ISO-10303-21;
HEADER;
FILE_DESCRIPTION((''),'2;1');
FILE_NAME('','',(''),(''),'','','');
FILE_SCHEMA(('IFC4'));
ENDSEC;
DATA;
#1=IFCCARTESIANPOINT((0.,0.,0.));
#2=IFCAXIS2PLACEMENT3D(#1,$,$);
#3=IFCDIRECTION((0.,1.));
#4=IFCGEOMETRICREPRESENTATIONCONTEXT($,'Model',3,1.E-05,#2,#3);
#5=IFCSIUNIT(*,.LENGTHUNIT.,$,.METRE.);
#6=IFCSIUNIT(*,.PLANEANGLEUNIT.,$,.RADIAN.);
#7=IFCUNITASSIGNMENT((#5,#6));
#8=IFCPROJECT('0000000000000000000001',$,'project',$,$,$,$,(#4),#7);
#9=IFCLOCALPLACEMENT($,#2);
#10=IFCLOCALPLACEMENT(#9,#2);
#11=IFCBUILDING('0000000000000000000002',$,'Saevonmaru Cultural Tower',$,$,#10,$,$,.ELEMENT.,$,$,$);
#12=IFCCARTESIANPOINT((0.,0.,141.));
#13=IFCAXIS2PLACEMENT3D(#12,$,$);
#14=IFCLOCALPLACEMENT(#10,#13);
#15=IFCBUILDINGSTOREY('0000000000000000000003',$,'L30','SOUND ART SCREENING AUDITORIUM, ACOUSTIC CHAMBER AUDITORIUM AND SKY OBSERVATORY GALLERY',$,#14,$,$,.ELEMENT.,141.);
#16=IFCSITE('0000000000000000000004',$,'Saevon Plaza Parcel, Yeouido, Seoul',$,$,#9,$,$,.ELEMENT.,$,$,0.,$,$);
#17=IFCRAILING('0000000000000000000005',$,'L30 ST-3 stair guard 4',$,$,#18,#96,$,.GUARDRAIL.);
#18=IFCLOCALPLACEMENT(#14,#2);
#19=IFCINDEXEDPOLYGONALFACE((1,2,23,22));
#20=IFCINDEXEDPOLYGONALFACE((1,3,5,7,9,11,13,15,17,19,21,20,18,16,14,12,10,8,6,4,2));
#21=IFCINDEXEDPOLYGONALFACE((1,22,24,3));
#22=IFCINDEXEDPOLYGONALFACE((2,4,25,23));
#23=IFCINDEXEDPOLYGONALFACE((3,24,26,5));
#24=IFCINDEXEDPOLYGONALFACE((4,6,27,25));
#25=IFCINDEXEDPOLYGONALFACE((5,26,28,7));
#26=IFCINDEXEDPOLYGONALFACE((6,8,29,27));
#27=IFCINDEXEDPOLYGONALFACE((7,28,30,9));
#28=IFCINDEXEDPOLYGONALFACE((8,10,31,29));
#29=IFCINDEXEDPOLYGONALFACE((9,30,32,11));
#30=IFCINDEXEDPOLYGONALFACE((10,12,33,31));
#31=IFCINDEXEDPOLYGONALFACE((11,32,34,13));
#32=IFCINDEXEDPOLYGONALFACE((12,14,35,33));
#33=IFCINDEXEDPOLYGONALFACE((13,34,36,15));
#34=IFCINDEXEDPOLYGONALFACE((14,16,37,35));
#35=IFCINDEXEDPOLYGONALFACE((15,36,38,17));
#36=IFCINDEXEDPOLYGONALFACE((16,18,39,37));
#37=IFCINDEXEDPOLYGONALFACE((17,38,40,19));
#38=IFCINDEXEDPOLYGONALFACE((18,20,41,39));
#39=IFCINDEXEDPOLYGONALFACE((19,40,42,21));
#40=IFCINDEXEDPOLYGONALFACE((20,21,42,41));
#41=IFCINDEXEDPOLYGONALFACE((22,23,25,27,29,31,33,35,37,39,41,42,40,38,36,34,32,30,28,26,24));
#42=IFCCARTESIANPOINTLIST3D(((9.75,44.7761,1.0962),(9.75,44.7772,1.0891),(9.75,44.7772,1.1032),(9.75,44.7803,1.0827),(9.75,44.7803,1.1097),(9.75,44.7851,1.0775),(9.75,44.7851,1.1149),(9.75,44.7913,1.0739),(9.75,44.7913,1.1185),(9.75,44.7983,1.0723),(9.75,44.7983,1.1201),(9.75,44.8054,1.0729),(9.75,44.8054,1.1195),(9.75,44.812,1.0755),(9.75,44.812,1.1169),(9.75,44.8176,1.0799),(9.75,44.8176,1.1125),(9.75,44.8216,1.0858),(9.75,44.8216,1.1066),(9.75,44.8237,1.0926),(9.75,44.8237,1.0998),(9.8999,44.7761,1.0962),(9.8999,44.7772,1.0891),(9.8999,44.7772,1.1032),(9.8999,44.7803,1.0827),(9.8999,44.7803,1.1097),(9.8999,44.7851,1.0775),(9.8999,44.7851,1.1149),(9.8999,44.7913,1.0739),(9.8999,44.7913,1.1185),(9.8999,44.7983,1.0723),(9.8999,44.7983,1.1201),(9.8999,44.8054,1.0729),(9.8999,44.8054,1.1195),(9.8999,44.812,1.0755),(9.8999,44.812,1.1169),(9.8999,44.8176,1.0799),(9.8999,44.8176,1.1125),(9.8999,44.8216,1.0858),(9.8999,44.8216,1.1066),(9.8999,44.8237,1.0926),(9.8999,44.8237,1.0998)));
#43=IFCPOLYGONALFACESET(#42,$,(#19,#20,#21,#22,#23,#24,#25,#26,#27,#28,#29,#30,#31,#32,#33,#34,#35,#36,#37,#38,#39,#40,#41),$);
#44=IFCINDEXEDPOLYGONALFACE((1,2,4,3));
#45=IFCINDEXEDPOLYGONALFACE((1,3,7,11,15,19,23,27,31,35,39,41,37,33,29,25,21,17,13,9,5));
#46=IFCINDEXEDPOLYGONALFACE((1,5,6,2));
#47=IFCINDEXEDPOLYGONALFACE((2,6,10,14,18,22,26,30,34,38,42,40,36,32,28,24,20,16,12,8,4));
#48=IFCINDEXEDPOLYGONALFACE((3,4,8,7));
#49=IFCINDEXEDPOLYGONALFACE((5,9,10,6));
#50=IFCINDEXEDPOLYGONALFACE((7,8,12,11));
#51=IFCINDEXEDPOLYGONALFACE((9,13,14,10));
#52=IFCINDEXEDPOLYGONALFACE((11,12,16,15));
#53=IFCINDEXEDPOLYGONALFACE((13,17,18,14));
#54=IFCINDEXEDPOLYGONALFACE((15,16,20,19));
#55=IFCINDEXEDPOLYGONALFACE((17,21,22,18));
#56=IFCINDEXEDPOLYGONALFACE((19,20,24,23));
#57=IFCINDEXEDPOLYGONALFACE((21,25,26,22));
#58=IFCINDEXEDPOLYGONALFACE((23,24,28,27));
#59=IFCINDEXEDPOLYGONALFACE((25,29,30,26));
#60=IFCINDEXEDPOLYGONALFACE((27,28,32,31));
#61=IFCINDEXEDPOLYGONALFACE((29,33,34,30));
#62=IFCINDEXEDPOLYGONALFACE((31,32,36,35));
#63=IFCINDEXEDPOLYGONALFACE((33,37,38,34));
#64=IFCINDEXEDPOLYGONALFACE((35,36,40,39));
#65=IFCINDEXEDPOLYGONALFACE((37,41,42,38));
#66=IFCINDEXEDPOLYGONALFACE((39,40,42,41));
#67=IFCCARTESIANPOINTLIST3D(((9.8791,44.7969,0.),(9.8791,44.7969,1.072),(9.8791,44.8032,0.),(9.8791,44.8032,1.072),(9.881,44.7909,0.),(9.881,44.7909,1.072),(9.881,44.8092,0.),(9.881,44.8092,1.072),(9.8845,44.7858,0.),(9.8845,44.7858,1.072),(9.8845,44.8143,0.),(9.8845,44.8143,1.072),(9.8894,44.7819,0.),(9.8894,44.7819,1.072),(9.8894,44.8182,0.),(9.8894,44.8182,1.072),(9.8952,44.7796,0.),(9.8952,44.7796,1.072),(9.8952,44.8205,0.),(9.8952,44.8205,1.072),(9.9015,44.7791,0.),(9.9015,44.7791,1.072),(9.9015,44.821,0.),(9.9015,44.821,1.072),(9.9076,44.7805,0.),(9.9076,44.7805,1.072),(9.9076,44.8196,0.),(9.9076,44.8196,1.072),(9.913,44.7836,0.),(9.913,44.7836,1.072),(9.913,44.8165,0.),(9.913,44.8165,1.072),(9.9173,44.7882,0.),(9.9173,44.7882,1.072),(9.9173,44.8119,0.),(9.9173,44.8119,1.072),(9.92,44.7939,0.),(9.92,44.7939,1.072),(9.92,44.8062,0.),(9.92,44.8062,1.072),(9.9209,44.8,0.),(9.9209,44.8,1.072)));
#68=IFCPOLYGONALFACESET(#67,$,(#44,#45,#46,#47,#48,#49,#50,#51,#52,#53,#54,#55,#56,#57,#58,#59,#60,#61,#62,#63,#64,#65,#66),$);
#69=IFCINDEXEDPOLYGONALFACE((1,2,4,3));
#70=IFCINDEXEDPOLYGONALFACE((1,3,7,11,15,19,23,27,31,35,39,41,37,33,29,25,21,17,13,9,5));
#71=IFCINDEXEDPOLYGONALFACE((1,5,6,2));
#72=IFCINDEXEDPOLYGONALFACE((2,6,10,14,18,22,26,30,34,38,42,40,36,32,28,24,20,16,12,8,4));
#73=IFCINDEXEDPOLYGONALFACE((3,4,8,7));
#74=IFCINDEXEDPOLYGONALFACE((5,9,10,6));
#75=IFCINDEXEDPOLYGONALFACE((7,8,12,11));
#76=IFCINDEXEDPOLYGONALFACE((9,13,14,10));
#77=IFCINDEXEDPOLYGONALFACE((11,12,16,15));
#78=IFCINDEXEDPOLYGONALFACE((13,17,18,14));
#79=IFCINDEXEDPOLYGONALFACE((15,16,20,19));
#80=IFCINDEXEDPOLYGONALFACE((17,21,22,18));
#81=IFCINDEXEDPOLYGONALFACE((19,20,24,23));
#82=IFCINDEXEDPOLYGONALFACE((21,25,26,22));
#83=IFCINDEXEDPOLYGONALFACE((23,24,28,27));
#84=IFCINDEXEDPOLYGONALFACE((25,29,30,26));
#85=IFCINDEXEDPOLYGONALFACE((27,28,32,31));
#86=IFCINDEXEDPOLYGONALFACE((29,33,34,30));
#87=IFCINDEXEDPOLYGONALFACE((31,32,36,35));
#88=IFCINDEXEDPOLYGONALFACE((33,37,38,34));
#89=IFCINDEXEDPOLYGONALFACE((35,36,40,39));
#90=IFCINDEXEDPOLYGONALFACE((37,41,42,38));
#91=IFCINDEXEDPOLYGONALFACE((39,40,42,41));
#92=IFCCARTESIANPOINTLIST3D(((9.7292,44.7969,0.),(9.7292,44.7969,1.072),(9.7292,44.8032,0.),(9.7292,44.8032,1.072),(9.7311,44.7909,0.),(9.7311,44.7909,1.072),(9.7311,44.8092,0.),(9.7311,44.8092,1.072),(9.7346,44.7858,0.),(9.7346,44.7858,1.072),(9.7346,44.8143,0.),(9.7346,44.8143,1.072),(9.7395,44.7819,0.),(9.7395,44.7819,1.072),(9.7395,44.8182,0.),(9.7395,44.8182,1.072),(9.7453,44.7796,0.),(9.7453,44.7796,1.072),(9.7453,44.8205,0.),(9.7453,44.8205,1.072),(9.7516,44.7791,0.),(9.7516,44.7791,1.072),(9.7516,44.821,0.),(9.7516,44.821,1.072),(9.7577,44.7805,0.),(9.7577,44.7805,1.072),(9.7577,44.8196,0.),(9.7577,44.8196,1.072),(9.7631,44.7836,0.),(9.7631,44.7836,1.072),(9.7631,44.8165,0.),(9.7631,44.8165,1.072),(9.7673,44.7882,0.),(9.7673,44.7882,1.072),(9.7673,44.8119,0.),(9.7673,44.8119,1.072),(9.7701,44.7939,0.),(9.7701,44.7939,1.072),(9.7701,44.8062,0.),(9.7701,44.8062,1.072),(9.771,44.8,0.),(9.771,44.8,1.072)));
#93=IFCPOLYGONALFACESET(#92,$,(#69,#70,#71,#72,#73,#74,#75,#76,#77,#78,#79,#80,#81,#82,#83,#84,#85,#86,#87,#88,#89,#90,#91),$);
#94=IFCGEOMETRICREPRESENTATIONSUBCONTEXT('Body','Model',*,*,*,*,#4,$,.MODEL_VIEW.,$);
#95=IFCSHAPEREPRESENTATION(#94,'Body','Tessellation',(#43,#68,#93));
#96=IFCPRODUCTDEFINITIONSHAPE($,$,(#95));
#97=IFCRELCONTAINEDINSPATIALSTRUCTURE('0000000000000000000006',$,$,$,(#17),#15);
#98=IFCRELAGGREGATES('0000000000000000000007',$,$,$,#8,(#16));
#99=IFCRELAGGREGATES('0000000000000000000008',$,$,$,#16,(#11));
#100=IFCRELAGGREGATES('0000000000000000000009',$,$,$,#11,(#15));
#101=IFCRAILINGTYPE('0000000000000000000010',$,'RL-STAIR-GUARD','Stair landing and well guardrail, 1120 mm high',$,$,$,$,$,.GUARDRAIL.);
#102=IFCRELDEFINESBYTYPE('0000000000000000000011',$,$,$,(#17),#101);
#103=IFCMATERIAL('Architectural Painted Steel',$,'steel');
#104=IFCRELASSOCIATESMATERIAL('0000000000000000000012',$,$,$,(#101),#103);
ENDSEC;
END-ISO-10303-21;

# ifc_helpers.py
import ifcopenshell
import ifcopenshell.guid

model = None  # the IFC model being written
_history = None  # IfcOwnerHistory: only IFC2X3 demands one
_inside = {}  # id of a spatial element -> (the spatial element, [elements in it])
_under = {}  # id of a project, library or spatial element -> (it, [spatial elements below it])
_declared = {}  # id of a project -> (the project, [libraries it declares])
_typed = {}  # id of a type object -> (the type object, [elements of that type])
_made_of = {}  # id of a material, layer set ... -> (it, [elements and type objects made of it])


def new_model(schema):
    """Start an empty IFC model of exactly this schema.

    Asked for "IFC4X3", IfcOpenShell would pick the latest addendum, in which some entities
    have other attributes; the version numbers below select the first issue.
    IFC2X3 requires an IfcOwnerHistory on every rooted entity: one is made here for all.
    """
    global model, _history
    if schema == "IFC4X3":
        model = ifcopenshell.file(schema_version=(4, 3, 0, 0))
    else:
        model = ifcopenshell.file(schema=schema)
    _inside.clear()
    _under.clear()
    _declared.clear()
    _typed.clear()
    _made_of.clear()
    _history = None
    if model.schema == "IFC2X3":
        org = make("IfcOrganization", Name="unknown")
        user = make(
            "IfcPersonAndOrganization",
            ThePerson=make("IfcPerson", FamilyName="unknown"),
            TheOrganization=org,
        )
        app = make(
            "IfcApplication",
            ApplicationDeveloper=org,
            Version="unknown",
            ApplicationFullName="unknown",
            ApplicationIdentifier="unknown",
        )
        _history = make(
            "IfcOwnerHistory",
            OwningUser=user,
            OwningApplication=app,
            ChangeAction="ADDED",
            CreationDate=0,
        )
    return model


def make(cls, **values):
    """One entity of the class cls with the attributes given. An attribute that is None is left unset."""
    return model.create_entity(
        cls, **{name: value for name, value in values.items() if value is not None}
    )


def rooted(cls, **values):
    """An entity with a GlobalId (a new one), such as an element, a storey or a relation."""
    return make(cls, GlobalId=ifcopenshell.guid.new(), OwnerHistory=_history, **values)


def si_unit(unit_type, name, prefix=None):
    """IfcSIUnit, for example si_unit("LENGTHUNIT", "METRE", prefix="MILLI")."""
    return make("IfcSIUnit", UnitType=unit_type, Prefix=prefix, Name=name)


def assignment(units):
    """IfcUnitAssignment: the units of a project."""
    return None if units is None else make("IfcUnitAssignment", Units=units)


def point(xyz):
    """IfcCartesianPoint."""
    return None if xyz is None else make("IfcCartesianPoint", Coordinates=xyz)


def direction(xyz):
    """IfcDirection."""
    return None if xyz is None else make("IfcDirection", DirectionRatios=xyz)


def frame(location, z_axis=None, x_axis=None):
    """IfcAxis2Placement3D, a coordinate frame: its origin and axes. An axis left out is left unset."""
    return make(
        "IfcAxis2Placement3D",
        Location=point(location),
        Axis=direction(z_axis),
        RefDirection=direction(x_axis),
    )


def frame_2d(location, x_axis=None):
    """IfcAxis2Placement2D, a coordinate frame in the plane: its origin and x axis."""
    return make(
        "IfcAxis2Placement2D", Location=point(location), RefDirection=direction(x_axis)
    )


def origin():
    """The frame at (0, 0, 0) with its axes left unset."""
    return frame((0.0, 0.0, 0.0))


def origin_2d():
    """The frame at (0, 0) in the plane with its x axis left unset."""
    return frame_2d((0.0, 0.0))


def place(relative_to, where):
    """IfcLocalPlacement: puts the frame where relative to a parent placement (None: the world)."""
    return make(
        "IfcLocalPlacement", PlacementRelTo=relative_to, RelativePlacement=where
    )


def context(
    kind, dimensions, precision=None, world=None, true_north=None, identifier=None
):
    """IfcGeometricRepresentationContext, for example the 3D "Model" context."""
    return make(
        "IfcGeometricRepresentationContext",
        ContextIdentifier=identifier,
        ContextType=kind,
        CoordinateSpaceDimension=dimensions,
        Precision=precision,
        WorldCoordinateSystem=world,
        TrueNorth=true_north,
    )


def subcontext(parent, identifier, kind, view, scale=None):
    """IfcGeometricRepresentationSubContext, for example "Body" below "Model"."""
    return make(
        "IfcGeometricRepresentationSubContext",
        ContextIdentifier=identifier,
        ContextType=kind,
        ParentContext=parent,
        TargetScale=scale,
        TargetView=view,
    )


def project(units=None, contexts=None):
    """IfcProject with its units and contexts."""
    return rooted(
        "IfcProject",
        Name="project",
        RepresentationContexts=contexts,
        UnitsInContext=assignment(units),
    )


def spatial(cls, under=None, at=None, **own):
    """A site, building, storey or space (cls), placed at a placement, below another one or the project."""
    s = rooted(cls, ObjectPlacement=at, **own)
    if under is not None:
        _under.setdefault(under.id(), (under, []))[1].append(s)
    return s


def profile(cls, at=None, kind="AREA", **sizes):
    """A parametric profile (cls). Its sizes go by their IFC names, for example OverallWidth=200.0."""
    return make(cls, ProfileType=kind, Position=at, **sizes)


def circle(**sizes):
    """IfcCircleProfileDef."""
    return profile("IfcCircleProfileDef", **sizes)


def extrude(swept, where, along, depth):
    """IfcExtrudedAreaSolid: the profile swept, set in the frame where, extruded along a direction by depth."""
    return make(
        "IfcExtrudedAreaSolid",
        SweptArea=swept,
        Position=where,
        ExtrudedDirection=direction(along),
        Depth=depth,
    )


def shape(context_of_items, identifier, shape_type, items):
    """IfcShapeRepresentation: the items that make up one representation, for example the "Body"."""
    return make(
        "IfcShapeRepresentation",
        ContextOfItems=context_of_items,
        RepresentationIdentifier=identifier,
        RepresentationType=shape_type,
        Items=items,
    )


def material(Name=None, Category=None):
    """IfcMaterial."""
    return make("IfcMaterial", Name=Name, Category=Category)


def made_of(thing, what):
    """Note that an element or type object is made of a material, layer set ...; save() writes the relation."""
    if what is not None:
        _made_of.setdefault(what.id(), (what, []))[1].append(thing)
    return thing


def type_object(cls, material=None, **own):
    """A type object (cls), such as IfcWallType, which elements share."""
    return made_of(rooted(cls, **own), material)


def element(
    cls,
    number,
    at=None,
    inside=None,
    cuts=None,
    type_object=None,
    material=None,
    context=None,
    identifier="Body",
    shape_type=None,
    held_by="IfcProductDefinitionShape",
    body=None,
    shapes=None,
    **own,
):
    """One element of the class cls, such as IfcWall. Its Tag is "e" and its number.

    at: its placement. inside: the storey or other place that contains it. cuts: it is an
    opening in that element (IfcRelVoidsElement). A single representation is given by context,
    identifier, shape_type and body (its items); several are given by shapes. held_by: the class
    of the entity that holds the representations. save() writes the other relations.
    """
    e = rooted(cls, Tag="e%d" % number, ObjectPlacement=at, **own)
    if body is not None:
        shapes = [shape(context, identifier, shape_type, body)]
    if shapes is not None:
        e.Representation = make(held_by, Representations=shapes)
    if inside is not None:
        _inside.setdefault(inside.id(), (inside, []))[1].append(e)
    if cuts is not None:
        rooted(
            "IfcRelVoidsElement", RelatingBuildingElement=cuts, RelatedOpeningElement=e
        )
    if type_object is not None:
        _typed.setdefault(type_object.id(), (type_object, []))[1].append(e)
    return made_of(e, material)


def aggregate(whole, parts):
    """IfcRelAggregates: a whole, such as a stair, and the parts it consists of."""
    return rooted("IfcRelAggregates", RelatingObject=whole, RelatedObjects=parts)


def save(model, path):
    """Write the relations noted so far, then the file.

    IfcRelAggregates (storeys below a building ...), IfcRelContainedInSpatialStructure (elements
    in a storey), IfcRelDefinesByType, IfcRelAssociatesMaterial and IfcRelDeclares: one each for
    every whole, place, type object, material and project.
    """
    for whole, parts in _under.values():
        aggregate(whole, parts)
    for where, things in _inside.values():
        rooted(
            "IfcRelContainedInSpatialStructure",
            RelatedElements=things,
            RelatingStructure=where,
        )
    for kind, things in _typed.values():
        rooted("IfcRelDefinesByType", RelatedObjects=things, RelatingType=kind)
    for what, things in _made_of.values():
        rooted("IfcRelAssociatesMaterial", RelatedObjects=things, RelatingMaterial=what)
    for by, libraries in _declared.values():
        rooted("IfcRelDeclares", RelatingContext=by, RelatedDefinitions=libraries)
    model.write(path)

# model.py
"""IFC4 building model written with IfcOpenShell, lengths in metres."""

from ifc_helpers import new_model, si_unit, direction, frame, origin, origin_2d, place, context, subcontext, project, spatial, circle, extrude, material, type_object, element, save


model = new_model("IFC4")

# Units and contexts
model_context = context("Model", 3, precision=1e-05, world=origin(), true_north=direction((0.0, 1.0)))
body_context = subcontext(model_context, "Body", "Model", "MODEL_VIEW")
ifc_project = project(units=[si_unit("LENGTHUNIT", "METRE"), si_unit("PLANEANGLEUNIT", "RADIAN")], contexts=[model_context])

# Site, building, storey
site_placement = place(None, origin())
site = spatial("IfcSite", under=ifc_project, at=site_placement, Name="Saevon Plaza Parcel, Yeouido, Seoul", CompositionType="ELEMENT", RefElevation=0.0)
building_placement = place(site_placement, origin())
building = spatial("IfcBuilding", under=site, at=building_placement, Name="Saevonmaru Cultural Tower", CompositionType="ELEMENT")
storey_placement = place(building_placement, frame((0.0, 0.0, 141.0)))
storey = spatial("IfcBuildingStorey", under=building, at=storey_placement, Name="L30", Description="SOUND ART SCREENING AUDITORIUM, ACOUSTIC CHAMBER AUDITORIUM AND SKY OBSERVATORY GALLERY", CompositionType="ELEMENT", Elevation=141.0)

# Railing
ifc_material_1 = material(Name="Architectural Painted Steel", Category="steel")
railing_type_1 = type_object("IfcRailingType", Name="RL-STAIR-GUARD", Description="Stair landing and well guardrail, 1120 mm high", PredefinedType="GUARDRAIL", material=ifc_material_1)
railing_1_placement = place(storey_placement, frame((9.8999, 44.8, 0.0)))
element("IfcRailing", 1, at=railing_1_placement, inside=storey, type_object=railing_type_1, Name="L30 ST-3 stair guard 4", PredefinedType="GUARDRAIL", context=body_context, shape_type="SweptSolid", body=[
    extrude(circle(Radius=0.0239, at=origin_2d()), frame((0.0, 0.0, 1.0962), z_axis=(-1.0, 0.0, 0.0), x_axis=(0.0, -1.0, 0.0)), (0.0, 0.0, 1.0), 0.1499),
    extrude(circle(Radius=0.021, at=origin_2d()), origin(), (0.0, 0.0, 1.0), 1.072),
    extrude(circle(Radius=0.021, at=origin_2d()), frame((-0.1499, 0.0, 0.0)), (0.0, 0.0, 1.0), 1.072),
])

save(model, "model.ifc")
